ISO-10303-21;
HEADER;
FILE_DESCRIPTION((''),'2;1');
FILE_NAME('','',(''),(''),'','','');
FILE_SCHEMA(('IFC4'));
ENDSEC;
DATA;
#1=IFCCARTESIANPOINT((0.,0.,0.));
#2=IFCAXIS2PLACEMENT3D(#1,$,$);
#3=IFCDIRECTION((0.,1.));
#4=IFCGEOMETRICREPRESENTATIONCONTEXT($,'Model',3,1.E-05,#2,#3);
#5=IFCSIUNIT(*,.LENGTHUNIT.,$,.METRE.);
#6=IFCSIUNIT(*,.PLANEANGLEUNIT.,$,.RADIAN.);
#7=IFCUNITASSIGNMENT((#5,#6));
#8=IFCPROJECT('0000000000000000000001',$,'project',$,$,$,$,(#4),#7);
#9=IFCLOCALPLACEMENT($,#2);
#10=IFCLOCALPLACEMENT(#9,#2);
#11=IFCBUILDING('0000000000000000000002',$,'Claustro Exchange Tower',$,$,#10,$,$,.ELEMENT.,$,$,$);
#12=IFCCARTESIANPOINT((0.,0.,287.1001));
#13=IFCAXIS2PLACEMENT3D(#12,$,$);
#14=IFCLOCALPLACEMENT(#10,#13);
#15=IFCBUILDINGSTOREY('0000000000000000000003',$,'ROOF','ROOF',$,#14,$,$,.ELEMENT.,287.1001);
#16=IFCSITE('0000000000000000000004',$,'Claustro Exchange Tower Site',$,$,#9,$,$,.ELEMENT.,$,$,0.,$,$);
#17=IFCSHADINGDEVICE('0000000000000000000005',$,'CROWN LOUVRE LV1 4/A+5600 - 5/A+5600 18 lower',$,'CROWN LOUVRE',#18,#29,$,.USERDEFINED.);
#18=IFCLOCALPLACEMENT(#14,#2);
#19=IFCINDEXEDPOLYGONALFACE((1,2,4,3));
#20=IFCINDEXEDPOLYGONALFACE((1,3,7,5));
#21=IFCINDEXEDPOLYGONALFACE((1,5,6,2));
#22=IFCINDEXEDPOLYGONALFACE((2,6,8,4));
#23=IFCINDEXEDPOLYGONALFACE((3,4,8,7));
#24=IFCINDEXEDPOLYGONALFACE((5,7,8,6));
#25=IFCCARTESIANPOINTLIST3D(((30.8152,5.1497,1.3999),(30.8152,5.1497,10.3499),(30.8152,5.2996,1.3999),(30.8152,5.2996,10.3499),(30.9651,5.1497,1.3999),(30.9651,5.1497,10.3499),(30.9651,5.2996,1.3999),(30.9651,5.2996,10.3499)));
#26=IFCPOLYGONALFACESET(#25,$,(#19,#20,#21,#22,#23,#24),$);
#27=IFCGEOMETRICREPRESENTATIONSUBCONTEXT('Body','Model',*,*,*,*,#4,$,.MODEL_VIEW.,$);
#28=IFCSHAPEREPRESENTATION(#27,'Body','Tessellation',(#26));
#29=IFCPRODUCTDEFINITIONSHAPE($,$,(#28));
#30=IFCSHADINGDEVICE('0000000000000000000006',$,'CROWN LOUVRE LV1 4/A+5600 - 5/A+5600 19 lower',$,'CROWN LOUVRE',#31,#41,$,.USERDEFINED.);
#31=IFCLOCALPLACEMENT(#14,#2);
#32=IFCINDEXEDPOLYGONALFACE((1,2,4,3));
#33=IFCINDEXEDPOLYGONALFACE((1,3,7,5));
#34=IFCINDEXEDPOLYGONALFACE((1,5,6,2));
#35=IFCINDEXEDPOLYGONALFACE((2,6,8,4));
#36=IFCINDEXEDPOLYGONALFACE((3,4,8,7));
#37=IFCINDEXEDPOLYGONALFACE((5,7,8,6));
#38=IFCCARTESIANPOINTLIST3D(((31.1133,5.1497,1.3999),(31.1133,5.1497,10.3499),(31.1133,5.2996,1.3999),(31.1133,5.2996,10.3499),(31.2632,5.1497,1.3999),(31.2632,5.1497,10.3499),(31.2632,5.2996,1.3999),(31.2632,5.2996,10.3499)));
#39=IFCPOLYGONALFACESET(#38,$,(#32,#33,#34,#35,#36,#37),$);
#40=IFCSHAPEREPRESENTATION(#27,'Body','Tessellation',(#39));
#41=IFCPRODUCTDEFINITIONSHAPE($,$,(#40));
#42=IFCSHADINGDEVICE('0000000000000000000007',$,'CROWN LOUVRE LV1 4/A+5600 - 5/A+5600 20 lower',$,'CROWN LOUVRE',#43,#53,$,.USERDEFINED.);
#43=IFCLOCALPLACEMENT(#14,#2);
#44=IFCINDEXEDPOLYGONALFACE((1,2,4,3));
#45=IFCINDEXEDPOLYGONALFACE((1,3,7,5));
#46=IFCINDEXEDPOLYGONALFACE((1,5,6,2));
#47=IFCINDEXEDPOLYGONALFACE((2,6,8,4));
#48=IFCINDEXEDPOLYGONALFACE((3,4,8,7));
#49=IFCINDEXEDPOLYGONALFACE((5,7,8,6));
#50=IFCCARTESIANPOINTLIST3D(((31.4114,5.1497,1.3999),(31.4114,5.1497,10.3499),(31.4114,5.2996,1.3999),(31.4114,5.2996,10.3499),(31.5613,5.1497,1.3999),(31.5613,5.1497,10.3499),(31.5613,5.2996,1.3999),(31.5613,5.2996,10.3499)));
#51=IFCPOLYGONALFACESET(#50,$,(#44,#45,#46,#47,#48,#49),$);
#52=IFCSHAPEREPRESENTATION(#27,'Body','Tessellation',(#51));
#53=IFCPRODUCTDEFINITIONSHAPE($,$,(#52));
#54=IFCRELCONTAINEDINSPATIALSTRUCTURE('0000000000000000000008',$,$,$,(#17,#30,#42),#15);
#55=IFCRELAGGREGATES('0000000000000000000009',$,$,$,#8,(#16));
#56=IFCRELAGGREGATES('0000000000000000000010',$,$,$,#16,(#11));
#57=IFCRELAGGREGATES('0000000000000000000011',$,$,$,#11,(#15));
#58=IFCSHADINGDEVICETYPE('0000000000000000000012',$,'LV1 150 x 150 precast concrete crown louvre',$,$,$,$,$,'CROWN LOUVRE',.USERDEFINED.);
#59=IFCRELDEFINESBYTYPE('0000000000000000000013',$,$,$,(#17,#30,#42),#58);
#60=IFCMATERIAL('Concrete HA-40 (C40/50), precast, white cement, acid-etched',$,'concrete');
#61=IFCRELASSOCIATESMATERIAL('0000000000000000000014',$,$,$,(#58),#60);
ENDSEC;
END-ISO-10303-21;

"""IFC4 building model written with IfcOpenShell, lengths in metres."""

from ifc_helpers import new_model, si_unit, direction, frame, origin, origin_2d, place, context, subcontext, project, spatial, rectangle, extrude, material, type_object, element, save


model = new_model("IFC4")

# Units and contexts
model_context = context("Model", 3, precision=1e-05, world=origin(), true_north=direction((0.0, 1.0)))
body_context = subcontext(model_context, "Body", "Model", "MODEL_VIEW")
ifc_project = project(units=[si_unit("LENGTHUNIT", "METRE"), si_unit("PLANEANGLEUNIT", "RADIAN")], contexts=[model_context])

# Site, building, storey
site_placement = place(None, origin())
site = spatial("IfcSite", under=ifc_project, at=site_placement, Name="Claustro Exchange Tower Site", CompositionType="ELEMENT", RefElevation=0.0)
building_placement = place(site_placement, origin())
building = spatial("IfcBuilding", under=site, at=building_placement, Name="Claustro Exchange Tower", CompositionType="ELEMENT")
storey_placement = place(building_placement, frame((0.0, 0.0, 287.1001)))
storey = spatial("IfcBuildingStorey", under=building, at=storey_placement, Name="ROOF", Description="ROOF", CompositionType="ELEMENT", Elevation=287.1001)

# Shading devices
ifc_material_1 = material(Name="Concrete HA-40 (C40/50), precast, white cement, acid-etched", Category="concrete")
shading_device_type = type_object("IfcShadingDeviceType", Name="LV1 150 x 150 precast concrete crown louvre", ElementType="CROWN LOUVRE", PredefinedType="USERDEFINED", material=ifc_material_1)
for number, where, z_axis, x_axis, name in (
    (1, (30.8901, 5.2246, 1.3999), (0.0, 0.0, 1.0), (1.0, 0.0, 0.0), "CROWN LOUVRE LV1 4/A+5600 - 5/A+5600 18 lower"),
    (2, (31.1882, 5.2246, 1.3999), (0.0, 0.0, 1.0), (1.0, 0.0, 0.0), "CROWN LOUVRE LV1 4/A+5600 - 5/A+5600 19 lower"),
    (3, (31.4863, 5.2246, 1.3999), (0.0, 0.0, 1.0), (1.0, 0.0, 0.0), "CROWN LOUVRE LV1 4/A+5600 - 5/A+5600 20 lower"),
):
    element("IfcShadingDevice", number, at=place(storey_placement, frame(where, z_axis=z_axis, x_axis=x_axis)), inside=storey, type_object=shading_device_type, Name=name, ObjectType="CROWN LOUVRE", PredefinedType="USERDEFINED", context=body_context, shape_type="SweptSolid", body=[
        extrude(rectangle(XDim=0.1499, YDim=0.1499, at=origin_2d()), origin(), (0.0, 0.0, 1.0), 8.95),
    ])

save(model, "model.ifc")
